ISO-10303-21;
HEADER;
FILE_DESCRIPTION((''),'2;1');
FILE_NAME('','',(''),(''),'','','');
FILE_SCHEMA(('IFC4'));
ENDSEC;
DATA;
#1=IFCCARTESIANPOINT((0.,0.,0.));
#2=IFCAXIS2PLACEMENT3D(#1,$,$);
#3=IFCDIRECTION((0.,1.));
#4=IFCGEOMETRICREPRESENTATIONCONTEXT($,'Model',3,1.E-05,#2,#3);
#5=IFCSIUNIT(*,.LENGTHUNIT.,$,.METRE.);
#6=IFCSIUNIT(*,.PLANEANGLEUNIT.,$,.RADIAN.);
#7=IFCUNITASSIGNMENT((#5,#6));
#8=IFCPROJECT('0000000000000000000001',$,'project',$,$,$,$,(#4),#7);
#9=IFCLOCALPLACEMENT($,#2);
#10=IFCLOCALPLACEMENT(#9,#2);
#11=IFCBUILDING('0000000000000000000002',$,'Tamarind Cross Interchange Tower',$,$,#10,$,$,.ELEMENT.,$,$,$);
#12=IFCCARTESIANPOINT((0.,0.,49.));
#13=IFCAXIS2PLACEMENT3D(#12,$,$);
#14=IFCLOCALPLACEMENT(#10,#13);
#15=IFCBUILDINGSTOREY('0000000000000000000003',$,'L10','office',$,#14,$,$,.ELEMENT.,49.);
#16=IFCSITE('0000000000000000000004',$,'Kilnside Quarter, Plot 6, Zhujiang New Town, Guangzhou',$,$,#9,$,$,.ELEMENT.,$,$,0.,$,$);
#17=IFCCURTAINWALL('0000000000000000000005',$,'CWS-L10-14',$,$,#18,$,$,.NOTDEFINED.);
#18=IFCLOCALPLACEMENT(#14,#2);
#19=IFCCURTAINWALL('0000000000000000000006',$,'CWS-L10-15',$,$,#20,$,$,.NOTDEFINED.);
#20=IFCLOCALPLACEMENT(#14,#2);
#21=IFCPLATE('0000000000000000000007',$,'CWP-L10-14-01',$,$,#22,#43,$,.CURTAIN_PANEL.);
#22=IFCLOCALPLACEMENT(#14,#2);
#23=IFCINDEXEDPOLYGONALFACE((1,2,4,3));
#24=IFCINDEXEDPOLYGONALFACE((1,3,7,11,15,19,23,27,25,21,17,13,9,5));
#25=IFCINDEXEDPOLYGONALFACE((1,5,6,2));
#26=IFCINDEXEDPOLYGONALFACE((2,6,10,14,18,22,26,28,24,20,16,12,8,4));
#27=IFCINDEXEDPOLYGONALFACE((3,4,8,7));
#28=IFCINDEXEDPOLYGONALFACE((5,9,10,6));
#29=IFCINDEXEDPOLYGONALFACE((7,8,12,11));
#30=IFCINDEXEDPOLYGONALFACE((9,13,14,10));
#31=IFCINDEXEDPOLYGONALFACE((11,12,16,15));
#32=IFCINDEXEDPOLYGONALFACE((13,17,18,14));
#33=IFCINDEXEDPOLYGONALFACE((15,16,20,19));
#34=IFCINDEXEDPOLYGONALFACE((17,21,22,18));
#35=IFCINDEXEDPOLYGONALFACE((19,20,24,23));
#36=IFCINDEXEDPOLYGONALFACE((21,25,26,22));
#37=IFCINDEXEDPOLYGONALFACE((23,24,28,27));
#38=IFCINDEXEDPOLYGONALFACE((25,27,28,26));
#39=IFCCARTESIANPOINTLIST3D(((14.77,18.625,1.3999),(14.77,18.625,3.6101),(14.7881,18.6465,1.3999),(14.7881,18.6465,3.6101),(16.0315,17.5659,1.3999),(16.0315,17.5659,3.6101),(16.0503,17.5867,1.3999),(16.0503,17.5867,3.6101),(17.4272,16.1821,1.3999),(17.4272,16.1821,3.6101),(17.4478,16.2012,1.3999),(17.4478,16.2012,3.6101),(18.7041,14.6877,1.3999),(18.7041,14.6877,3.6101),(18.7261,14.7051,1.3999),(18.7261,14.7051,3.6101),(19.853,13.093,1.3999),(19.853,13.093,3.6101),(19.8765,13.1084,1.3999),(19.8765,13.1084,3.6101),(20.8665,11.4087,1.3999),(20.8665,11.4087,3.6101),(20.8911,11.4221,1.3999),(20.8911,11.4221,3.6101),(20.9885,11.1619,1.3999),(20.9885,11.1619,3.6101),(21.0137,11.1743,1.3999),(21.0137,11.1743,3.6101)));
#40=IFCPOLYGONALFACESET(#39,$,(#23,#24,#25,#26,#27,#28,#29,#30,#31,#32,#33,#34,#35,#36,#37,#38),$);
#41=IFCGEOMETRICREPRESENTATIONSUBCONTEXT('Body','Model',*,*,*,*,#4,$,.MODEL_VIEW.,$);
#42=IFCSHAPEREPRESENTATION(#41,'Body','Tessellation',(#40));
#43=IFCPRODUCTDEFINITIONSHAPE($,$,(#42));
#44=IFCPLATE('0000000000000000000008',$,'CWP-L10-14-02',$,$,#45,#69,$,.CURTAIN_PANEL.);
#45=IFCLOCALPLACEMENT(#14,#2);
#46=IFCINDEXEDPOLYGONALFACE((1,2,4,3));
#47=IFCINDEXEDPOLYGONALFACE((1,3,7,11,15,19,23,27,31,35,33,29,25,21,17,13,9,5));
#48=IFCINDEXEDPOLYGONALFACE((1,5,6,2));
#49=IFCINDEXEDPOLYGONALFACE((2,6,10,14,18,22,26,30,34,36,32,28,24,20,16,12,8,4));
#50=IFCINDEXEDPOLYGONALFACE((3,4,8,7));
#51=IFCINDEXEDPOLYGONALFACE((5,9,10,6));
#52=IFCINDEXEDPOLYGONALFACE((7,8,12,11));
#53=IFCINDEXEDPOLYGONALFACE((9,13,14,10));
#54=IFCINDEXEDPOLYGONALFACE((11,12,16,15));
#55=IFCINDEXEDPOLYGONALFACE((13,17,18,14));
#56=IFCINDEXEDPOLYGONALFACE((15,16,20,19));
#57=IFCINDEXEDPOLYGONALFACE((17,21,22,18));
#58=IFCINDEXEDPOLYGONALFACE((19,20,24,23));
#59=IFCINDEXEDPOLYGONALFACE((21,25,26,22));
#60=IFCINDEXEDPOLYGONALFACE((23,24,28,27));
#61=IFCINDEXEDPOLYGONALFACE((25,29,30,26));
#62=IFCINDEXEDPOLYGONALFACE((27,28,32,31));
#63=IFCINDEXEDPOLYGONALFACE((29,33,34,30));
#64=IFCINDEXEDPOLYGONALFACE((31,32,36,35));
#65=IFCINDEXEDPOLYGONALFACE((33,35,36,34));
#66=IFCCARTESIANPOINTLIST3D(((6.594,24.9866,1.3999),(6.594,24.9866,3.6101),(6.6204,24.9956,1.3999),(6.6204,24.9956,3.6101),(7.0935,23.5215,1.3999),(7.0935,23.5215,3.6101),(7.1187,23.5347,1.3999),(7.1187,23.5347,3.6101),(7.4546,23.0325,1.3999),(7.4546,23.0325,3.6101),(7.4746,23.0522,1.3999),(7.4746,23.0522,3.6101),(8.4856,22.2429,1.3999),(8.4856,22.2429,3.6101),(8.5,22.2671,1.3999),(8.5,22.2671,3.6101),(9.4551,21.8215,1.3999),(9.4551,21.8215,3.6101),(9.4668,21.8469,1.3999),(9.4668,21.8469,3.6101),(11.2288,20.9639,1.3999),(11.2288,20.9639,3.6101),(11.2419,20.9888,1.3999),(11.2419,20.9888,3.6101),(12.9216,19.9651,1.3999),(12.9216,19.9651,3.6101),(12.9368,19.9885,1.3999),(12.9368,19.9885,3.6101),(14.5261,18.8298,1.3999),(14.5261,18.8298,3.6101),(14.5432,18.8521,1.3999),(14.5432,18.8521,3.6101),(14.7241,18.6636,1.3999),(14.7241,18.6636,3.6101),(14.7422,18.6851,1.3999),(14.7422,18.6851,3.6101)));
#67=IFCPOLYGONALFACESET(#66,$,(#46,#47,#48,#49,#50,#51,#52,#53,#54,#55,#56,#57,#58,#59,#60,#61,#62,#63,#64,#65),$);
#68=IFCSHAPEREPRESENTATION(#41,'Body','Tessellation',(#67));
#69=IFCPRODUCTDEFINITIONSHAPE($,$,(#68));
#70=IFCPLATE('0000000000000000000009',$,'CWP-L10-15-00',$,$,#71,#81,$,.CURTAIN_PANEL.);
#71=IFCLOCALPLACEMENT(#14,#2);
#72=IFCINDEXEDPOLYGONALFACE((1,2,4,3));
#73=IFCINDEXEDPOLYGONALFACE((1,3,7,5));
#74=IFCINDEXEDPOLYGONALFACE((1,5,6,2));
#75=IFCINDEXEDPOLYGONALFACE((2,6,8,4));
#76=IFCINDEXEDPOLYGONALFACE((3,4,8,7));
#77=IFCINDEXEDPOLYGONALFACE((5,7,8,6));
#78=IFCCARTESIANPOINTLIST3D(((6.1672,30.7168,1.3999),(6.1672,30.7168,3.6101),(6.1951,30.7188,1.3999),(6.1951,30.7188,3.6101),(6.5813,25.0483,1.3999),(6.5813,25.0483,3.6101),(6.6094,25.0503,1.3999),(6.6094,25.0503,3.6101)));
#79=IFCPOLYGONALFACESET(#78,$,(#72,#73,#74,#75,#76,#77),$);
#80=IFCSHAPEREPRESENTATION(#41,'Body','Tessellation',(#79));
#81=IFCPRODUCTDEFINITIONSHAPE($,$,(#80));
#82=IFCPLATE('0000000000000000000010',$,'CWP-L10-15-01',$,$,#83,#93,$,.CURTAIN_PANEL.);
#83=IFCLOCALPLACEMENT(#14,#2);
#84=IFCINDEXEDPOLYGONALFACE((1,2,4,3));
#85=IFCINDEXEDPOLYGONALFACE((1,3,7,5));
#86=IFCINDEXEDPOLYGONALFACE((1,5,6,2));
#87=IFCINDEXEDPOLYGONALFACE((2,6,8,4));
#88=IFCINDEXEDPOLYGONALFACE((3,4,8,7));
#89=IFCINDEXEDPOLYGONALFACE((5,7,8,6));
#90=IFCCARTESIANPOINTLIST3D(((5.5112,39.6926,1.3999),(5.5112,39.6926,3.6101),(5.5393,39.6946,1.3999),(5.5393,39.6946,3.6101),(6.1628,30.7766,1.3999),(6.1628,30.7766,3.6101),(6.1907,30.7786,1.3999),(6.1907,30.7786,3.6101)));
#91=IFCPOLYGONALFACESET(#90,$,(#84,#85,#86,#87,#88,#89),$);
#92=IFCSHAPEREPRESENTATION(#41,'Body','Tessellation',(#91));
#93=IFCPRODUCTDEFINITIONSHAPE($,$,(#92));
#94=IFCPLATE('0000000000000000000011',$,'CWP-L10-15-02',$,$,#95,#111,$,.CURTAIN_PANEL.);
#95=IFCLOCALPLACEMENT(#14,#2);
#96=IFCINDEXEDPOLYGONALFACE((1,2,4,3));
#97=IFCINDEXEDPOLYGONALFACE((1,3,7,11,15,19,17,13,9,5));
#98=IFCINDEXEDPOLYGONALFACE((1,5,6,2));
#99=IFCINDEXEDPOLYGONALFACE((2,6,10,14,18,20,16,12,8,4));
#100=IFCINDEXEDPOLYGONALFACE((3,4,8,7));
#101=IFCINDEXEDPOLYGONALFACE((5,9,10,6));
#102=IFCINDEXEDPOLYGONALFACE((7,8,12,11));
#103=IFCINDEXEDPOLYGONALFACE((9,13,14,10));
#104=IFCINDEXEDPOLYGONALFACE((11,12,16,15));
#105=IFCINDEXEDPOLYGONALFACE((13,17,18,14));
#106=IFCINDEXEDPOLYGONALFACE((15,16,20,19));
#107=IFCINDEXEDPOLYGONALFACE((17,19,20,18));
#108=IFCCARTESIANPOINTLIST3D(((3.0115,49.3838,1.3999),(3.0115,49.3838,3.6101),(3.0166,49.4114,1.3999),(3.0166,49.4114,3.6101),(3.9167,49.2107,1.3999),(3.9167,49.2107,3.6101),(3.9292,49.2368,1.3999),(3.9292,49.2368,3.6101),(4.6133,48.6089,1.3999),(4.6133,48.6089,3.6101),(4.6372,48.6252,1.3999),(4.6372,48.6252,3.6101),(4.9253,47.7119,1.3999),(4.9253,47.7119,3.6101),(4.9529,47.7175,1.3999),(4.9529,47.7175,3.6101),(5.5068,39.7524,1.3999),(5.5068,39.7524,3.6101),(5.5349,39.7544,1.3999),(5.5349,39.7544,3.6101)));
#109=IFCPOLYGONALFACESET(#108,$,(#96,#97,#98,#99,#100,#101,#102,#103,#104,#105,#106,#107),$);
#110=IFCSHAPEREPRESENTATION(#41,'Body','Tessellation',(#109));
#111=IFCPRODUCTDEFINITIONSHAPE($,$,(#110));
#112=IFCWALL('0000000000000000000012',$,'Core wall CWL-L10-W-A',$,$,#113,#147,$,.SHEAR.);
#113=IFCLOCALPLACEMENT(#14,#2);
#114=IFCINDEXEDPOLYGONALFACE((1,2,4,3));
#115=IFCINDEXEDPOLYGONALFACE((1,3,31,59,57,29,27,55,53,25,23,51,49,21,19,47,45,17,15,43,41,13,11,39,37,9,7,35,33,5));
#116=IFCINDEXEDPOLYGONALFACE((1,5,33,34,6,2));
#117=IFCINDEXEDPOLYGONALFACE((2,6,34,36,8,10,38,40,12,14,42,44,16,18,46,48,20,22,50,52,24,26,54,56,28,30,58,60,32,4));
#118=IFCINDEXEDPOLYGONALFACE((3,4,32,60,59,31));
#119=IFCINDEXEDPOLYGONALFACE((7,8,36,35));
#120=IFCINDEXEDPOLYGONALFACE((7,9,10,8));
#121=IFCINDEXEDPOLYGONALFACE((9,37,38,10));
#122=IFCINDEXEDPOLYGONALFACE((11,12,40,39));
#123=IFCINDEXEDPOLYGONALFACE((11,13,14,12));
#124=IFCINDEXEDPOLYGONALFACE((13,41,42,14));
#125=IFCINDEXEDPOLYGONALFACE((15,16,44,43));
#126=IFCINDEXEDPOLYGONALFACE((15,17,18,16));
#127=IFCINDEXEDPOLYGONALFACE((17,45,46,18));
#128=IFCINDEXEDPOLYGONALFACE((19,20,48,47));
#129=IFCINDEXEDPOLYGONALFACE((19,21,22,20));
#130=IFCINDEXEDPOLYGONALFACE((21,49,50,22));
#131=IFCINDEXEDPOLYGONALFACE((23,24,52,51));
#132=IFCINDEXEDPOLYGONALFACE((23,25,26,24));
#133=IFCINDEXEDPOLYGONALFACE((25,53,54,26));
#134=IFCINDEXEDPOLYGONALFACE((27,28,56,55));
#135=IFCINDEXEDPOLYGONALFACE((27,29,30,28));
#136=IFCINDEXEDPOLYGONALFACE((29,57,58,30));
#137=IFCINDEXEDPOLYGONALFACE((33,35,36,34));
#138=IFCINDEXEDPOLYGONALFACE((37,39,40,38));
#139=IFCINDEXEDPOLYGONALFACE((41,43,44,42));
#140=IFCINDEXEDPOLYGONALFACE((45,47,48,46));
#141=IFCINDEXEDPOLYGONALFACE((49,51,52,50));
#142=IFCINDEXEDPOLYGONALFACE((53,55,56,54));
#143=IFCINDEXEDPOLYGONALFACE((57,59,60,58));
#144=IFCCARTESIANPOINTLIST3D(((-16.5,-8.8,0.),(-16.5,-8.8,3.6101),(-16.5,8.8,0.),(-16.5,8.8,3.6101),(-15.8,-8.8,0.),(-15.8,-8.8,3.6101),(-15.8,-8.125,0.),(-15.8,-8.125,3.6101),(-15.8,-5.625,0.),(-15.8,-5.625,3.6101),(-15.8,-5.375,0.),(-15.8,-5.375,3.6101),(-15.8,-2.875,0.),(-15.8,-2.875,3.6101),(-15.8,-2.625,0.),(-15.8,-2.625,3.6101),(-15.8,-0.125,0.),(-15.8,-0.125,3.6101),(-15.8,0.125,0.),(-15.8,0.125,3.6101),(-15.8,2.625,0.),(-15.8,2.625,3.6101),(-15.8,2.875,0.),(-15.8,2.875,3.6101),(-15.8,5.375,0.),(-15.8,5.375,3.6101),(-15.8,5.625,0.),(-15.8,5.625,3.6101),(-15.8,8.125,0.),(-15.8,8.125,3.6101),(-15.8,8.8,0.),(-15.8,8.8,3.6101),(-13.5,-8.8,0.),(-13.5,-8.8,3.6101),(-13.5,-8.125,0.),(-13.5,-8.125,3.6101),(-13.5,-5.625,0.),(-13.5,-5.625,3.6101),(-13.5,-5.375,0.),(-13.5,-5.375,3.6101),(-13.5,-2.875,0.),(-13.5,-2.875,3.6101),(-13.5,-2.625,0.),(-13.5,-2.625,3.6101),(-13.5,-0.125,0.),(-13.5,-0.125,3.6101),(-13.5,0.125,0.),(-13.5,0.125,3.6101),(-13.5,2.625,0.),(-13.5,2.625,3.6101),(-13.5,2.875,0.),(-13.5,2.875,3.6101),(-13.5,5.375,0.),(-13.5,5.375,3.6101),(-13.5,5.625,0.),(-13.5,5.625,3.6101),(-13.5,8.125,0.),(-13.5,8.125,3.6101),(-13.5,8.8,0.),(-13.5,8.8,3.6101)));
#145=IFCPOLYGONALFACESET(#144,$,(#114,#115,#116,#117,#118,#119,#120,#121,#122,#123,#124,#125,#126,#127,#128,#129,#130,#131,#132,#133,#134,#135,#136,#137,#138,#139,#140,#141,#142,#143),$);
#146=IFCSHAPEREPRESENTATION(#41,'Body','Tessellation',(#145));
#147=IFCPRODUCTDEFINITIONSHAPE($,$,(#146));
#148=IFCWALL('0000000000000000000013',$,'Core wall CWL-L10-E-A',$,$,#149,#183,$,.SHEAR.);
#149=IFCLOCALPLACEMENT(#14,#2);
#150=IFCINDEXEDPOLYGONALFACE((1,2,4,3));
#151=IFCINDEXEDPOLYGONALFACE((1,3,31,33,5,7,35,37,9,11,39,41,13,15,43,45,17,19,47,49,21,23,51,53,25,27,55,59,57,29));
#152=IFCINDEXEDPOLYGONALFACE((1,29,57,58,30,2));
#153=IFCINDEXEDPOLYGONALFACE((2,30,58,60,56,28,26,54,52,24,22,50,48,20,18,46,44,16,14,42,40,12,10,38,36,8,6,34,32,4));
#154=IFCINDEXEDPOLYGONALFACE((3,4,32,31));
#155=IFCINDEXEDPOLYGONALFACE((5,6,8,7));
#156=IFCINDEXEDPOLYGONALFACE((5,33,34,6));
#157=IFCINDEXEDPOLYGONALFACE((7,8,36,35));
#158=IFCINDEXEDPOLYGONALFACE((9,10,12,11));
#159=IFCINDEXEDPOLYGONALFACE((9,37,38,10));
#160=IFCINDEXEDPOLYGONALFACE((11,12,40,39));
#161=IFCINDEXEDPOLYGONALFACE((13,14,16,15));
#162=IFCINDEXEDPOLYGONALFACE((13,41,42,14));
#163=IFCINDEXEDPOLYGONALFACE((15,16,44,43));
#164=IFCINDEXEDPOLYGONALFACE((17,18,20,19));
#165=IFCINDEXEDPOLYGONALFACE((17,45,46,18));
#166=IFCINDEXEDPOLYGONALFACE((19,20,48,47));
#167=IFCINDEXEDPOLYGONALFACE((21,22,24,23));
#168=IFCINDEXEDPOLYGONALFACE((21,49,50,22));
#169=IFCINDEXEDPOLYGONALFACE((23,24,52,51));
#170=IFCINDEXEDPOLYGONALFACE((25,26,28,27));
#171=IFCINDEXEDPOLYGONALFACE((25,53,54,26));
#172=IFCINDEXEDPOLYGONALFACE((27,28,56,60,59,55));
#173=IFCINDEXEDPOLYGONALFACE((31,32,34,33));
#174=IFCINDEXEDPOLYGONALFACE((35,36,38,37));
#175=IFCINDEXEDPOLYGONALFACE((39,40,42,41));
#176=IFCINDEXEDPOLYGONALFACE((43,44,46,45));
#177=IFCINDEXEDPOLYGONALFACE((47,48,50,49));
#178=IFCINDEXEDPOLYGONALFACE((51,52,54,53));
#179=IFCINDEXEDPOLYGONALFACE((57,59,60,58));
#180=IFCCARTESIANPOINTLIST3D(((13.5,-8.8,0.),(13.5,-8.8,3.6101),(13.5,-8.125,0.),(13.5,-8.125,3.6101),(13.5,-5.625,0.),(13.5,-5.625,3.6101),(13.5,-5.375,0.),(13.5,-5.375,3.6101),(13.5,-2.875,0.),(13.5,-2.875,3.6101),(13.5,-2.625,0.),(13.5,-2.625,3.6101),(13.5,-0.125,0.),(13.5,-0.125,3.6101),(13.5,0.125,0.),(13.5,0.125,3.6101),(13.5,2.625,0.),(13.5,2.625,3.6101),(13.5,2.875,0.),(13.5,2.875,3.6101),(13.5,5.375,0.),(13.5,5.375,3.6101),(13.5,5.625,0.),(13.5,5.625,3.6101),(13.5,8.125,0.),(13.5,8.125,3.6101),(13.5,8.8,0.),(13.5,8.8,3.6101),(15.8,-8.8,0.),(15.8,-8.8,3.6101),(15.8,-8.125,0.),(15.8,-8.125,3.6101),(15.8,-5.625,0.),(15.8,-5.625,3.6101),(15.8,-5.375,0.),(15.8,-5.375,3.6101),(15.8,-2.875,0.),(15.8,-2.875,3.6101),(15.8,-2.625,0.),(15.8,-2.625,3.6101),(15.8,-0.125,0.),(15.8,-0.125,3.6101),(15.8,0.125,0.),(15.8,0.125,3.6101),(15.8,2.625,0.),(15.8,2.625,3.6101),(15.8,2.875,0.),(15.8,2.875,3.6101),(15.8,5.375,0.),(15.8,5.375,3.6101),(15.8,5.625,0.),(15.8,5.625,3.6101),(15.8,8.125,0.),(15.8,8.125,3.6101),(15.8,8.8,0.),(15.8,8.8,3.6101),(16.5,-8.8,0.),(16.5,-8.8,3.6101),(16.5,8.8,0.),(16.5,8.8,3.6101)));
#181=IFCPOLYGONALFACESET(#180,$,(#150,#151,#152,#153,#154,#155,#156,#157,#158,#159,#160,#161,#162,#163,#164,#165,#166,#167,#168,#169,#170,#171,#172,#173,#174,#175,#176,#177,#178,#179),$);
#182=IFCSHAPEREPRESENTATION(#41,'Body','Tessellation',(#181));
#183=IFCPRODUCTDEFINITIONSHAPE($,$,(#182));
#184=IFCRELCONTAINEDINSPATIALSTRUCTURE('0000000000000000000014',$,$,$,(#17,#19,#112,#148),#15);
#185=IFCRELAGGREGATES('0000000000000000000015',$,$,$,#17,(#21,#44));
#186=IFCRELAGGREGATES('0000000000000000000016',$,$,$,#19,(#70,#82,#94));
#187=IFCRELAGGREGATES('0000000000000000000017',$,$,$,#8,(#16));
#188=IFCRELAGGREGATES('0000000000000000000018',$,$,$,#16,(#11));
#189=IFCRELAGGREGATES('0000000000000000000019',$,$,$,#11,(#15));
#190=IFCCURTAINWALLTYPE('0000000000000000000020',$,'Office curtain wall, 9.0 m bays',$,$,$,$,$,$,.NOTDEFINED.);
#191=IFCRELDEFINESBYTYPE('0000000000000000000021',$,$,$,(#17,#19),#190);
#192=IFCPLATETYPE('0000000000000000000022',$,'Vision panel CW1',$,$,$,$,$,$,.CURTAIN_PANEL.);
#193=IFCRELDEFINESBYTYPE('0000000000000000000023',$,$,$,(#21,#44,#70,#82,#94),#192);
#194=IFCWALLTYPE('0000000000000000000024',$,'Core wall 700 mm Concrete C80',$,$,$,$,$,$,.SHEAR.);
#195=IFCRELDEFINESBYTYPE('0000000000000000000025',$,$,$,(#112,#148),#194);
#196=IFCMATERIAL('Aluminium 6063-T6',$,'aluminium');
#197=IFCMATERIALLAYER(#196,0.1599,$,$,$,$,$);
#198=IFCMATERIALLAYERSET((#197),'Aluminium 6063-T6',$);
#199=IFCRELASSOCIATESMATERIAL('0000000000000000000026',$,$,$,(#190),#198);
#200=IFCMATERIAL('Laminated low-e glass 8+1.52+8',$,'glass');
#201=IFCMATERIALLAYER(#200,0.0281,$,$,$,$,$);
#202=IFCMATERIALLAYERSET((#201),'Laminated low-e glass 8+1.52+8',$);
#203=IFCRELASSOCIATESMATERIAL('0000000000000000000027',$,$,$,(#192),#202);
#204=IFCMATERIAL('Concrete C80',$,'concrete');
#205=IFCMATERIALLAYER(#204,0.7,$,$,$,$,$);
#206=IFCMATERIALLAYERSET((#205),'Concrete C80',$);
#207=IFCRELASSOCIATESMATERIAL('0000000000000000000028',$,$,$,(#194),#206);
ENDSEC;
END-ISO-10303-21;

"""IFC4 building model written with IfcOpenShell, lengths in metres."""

from ifc_helpers import new_model, si_unit, direction, frame, origin, place, context, subcontext, project, spatial, polyline, outline, extrude, material, layer, layer_set, type_object, element, aggregate, save


model = new_model("IFC4")

# Units and contexts
model_context = context("Model", 3, precision=1e-05, world=origin(), true_north=direction((0.0, 1.0)))
body_context = subcontext(model_context, "Body", "Model", "MODEL_VIEW")
ifc_project = project(units=[si_unit("LENGTHUNIT", "METRE"), si_unit("PLANEANGLEUNIT", "RADIAN")], contexts=[model_context])

# Site, building, storey
site_placement = place(None, origin())
site = spatial("IfcSite", under=ifc_project, at=site_placement, Name="Kilnside Quarter, Plot 6, Zhujiang New Town, Guangzhou", CompositionType="ELEMENT", RefElevation=0.0)
building_placement = place(site_placement, origin())
building = spatial("IfcBuilding", under=site, at=building_placement, Name="Tamarind Cross Interchange Tower", CompositionType="ELEMENT")
storey_placement = place(building_placement, frame((0.0, 0.0, 49.0)))
storey = spatial("IfcBuildingStorey", under=building, at=storey_placement, Name="L10", Description="office", CompositionType="ELEMENT", Elevation=49.0)

# Curtain walls
ifc_material_1 = material(Name="Aluminium 6063-T6", Category="aluminium")
ifc_layer_1 = layer(ifc_material_1, 0.1599)
ifc_layer_set_1 = layer_set([ifc_layer_1], Name="Aluminium 6063-T6")
curtain_wall_type = type_object("IfcCurtainWallType", Name="Office curtain wall, 9.0 m bays", PredefinedType="NOTDEFINED", material=ifc_layer_set_1)
curtain_wall_1_placement = place(storey_placement, origin())
curtain_wall_1 = element("IfcCurtainWall", 1, at=curtain_wall_1_placement, inside=storey, type_object=curtain_wall_type, Name="CWS-L10-14", PredefinedType="NOTDEFINED")
curtain_wall_2_placement = place(storey_placement, origin())
curtain_wall_2 = element("IfcCurtainWall", 2, at=curtain_wall_2_placement, inside=storey, type_object=curtain_wall_type, Name="CWS-L10-15", PredefinedType="NOTDEFINED")

# Plates
ifc_material_2 = material(Name="Laminated low-e glass 8+1.52+8", Category="glass")
ifc_layer_2 = layer(ifc_material_2, 0.0281)
ifc_layer_set_2 = layer_set([ifc_layer_2], Name="Laminated low-e glass 8+1.52+8")
plate_type = type_object("IfcPlateType", Name="Vision panel CW1", PredefinedType="CURTAIN_PANEL", material=ifc_layer_set_2)
plate_1_placement = place(storey_placement, frame((0.0, 0.0, 1.3999)))
plate_1 = element("IfcPlate", 3, at=plate_1_placement, type_object=plate_type, Name="CWP-L10-14-01", PredefinedType="CURTAIN_PANEL", context=body_context, shape_type="SweptSolid", body=[
    extrude(outline(polyline([(20.9885, 11.1619), (20.8665, 11.4087), (19.853, 13.093), (18.7041, 14.6877), (17.4272, 16.1821), (16.0315, 17.5659), (14.77, 18.625), (14.7881, 18.6465), (16.0503, 17.5867), (17.4478, 16.2012), (18.7261, 14.7051), (19.8765, 13.1084), (20.8911, 11.4221), (21.0137, 11.1743), (20.9885, 11.1619)])), origin(), (0.0, 0.0, 1.0), 2.2102),
])
plate_2_placement = place(storey_placement, frame((0.0, 0.0, 1.3999)))
plate_2 = element("IfcPlate", 4, at=plate_2_placement, type_object=plate_type, Name="CWP-L10-14-02", PredefinedType="CURTAIN_PANEL", context=body_context, shape_type="SweptSolid", body=[
    extrude(outline(polyline([(14.7241, 18.6636), (14.5261, 18.8298), (12.9216, 19.9651), (11.2288, 20.9639), (9.4551, 21.8215), (8.4856, 22.2429), (7.4546, 23.0325), (7.0935, 23.5215), (6.594, 24.9866), (6.6204, 24.9956), (7.1187, 23.5347), (7.4746, 23.0522), (8.5, 22.2671), (9.4668, 21.8469), (11.2419, 20.9888), (12.9368, 19.9885), (14.5432, 18.8521), (14.7422, 18.6851), (14.7241, 18.6636)])), origin(), (0.0, 0.0, 1.0), 2.2102),
])
aggregate(curtain_wall_1, [plate_1, plate_2])
plate_3_placement = place(storey_placement, frame((0.0, 0.0, 1.3999)))
plate_3 = element("IfcPlate", 5, at=plate_3_placement, type_object=plate_type, Name="CWP-L10-15-00", PredefinedType="CURTAIN_PANEL", context=body_context, shape_type="SweptSolid", body=[
    extrude(outline(polyline([(6.5813, 25.0483), (6.1672, 30.7168), (6.1951, 30.7188), (6.6094, 25.0503), (6.5813, 25.0483)])), origin(), (0.0, 0.0, 1.0), 2.2102),
])
plate_4_placement = place(storey_placement, frame((0.0, 0.0, 1.3999)))
plate_4 = element("IfcPlate", 6, at=plate_4_placement, type_object=plate_type, Name="CWP-L10-15-01", PredefinedType="CURTAIN_PANEL", context=body_context, shape_type="SweptSolid", body=[
    extrude(outline(polyline([(6.1628, 30.7766), (5.5112, 39.6926), (5.5393, 39.6946), (6.1907, 30.7786), (6.1628, 30.7766)])), origin(), (0.0, 0.0, 1.0), 2.2102),
])
plate_5_placement = place(storey_placement, frame((0.0, 0.0, 1.3999)))
plate_5 = element("IfcPlate", 7, at=plate_5_placement, type_object=plate_type, Name="CWP-L10-15-02", PredefinedType="CURTAIN_PANEL", context=body_context, shape_type="SweptSolid", body=[
    extrude(outline(polyline([(5.5068, 39.7524), (4.9253, 47.7119), (4.6133, 48.6089), (3.9167, 49.2107), (3.0115, 49.3838), (3.0166, 49.4114), (3.9292, 49.2368), (4.6372, 48.6252), (4.9529, 47.7175), (5.5349, 39.7544), (5.5068, 39.7524)])), origin(), (0.0, 0.0, 1.0), 2.2102),
])
aggregate(curtain_wall_2, [plate_3, plate_4, plate_5])

# Walls
ifc_material_3 = material(Name="Concrete C80", Category="concrete")
ifc_layer_3 = layer(ifc_material_3, 0.7)
ifc_layer_set_3 = layer_set([ifc_layer_3], Name="Concrete C80")
wall_type_1 = type_object("IfcWallType", Name="Core wall 700 mm Concrete C80", PredefinedType="SHEAR", material=ifc_layer_set_3)
wall_1_placement = place(storey_placement, origin())
element("IfcWall", 8, at=wall_1_placement, inside=storey, type_object=wall_type_1, Name="Core wall CWL-L10-W-A", PredefinedType="SHEAR", context=body_context, shape_type="SweptSolid", body=[
    extrude(outline(polyline([(-13.5, -8.8), (-13.5, -8.125), (-15.8, -8.125), (-15.8, -5.625), (-13.5, -5.625), (-13.5, -5.375), (-15.8, -5.375), (-15.8, -2.875), (-13.5, -2.875), (-13.5, -2.625), (-15.8, -2.625), (-15.8, -0.125), (-13.5, -0.125), (-13.5, 0.125), (-15.8, 0.125), (-15.8, 2.625), (-13.5, 2.625), (-13.5, 2.875), (-15.8, 2.875), (-15.8, 5.375), (-13.5, 5.375), (-13.5, 5.625), (-15.8, 5.625), (-15.8, 8.125), (-13.5, 8.125), (-13.5, 8.8), (-15.8, 8.8), (-16.5, 8.8), (-16.5, -8.8), (-15.8, -8.8), (-13.5, -8.8)])), origin(), (0.0, 0.0, 1.0), 3.6101),
])
wall_2_placement = place(storey_placement, origin())
element("IfcWall", 9, at=wall_2_placement, inside=storey, type_object=wall_type_1, Name="Core wall CWL-L10-E-A", PredefinedType="SHEAR", context=body_context, shape_type="SweptSolid", body=[
    extrude(outline(polyline([(13.5, -8.8), (15.8, -8.8), (16.5, -8.8), (16.5, 8.8), (15.8, 8.8), (13.5, 8.8), (13.5, 8.125), (15.8, 8.125), (15.8, 5.625), (13.5, 5.625), (13.5, 5.375), (15.8, 5.375), (15.8, 2.875), (13.5, 2.875), (13.5, 2.625), (15.8, 2.625), (15.8, 0.125), (13.5, 0.125), (13.5, -0.125), (15.8, -0.125), (15.8, -2.625), (13.5, -2.625), (13.5, -2.875), (15.8, -2.875), (15.8, -5.375), (13.5, -5.375), (13.5, -5.625), (15.8, -5.625), (15.8, -8.125), (13.5, -8.125), (13.5, -8.8)])), origin(), (0.0, 0.0, 1.0), 3.6101),
])

save(model, "model.ifc")
